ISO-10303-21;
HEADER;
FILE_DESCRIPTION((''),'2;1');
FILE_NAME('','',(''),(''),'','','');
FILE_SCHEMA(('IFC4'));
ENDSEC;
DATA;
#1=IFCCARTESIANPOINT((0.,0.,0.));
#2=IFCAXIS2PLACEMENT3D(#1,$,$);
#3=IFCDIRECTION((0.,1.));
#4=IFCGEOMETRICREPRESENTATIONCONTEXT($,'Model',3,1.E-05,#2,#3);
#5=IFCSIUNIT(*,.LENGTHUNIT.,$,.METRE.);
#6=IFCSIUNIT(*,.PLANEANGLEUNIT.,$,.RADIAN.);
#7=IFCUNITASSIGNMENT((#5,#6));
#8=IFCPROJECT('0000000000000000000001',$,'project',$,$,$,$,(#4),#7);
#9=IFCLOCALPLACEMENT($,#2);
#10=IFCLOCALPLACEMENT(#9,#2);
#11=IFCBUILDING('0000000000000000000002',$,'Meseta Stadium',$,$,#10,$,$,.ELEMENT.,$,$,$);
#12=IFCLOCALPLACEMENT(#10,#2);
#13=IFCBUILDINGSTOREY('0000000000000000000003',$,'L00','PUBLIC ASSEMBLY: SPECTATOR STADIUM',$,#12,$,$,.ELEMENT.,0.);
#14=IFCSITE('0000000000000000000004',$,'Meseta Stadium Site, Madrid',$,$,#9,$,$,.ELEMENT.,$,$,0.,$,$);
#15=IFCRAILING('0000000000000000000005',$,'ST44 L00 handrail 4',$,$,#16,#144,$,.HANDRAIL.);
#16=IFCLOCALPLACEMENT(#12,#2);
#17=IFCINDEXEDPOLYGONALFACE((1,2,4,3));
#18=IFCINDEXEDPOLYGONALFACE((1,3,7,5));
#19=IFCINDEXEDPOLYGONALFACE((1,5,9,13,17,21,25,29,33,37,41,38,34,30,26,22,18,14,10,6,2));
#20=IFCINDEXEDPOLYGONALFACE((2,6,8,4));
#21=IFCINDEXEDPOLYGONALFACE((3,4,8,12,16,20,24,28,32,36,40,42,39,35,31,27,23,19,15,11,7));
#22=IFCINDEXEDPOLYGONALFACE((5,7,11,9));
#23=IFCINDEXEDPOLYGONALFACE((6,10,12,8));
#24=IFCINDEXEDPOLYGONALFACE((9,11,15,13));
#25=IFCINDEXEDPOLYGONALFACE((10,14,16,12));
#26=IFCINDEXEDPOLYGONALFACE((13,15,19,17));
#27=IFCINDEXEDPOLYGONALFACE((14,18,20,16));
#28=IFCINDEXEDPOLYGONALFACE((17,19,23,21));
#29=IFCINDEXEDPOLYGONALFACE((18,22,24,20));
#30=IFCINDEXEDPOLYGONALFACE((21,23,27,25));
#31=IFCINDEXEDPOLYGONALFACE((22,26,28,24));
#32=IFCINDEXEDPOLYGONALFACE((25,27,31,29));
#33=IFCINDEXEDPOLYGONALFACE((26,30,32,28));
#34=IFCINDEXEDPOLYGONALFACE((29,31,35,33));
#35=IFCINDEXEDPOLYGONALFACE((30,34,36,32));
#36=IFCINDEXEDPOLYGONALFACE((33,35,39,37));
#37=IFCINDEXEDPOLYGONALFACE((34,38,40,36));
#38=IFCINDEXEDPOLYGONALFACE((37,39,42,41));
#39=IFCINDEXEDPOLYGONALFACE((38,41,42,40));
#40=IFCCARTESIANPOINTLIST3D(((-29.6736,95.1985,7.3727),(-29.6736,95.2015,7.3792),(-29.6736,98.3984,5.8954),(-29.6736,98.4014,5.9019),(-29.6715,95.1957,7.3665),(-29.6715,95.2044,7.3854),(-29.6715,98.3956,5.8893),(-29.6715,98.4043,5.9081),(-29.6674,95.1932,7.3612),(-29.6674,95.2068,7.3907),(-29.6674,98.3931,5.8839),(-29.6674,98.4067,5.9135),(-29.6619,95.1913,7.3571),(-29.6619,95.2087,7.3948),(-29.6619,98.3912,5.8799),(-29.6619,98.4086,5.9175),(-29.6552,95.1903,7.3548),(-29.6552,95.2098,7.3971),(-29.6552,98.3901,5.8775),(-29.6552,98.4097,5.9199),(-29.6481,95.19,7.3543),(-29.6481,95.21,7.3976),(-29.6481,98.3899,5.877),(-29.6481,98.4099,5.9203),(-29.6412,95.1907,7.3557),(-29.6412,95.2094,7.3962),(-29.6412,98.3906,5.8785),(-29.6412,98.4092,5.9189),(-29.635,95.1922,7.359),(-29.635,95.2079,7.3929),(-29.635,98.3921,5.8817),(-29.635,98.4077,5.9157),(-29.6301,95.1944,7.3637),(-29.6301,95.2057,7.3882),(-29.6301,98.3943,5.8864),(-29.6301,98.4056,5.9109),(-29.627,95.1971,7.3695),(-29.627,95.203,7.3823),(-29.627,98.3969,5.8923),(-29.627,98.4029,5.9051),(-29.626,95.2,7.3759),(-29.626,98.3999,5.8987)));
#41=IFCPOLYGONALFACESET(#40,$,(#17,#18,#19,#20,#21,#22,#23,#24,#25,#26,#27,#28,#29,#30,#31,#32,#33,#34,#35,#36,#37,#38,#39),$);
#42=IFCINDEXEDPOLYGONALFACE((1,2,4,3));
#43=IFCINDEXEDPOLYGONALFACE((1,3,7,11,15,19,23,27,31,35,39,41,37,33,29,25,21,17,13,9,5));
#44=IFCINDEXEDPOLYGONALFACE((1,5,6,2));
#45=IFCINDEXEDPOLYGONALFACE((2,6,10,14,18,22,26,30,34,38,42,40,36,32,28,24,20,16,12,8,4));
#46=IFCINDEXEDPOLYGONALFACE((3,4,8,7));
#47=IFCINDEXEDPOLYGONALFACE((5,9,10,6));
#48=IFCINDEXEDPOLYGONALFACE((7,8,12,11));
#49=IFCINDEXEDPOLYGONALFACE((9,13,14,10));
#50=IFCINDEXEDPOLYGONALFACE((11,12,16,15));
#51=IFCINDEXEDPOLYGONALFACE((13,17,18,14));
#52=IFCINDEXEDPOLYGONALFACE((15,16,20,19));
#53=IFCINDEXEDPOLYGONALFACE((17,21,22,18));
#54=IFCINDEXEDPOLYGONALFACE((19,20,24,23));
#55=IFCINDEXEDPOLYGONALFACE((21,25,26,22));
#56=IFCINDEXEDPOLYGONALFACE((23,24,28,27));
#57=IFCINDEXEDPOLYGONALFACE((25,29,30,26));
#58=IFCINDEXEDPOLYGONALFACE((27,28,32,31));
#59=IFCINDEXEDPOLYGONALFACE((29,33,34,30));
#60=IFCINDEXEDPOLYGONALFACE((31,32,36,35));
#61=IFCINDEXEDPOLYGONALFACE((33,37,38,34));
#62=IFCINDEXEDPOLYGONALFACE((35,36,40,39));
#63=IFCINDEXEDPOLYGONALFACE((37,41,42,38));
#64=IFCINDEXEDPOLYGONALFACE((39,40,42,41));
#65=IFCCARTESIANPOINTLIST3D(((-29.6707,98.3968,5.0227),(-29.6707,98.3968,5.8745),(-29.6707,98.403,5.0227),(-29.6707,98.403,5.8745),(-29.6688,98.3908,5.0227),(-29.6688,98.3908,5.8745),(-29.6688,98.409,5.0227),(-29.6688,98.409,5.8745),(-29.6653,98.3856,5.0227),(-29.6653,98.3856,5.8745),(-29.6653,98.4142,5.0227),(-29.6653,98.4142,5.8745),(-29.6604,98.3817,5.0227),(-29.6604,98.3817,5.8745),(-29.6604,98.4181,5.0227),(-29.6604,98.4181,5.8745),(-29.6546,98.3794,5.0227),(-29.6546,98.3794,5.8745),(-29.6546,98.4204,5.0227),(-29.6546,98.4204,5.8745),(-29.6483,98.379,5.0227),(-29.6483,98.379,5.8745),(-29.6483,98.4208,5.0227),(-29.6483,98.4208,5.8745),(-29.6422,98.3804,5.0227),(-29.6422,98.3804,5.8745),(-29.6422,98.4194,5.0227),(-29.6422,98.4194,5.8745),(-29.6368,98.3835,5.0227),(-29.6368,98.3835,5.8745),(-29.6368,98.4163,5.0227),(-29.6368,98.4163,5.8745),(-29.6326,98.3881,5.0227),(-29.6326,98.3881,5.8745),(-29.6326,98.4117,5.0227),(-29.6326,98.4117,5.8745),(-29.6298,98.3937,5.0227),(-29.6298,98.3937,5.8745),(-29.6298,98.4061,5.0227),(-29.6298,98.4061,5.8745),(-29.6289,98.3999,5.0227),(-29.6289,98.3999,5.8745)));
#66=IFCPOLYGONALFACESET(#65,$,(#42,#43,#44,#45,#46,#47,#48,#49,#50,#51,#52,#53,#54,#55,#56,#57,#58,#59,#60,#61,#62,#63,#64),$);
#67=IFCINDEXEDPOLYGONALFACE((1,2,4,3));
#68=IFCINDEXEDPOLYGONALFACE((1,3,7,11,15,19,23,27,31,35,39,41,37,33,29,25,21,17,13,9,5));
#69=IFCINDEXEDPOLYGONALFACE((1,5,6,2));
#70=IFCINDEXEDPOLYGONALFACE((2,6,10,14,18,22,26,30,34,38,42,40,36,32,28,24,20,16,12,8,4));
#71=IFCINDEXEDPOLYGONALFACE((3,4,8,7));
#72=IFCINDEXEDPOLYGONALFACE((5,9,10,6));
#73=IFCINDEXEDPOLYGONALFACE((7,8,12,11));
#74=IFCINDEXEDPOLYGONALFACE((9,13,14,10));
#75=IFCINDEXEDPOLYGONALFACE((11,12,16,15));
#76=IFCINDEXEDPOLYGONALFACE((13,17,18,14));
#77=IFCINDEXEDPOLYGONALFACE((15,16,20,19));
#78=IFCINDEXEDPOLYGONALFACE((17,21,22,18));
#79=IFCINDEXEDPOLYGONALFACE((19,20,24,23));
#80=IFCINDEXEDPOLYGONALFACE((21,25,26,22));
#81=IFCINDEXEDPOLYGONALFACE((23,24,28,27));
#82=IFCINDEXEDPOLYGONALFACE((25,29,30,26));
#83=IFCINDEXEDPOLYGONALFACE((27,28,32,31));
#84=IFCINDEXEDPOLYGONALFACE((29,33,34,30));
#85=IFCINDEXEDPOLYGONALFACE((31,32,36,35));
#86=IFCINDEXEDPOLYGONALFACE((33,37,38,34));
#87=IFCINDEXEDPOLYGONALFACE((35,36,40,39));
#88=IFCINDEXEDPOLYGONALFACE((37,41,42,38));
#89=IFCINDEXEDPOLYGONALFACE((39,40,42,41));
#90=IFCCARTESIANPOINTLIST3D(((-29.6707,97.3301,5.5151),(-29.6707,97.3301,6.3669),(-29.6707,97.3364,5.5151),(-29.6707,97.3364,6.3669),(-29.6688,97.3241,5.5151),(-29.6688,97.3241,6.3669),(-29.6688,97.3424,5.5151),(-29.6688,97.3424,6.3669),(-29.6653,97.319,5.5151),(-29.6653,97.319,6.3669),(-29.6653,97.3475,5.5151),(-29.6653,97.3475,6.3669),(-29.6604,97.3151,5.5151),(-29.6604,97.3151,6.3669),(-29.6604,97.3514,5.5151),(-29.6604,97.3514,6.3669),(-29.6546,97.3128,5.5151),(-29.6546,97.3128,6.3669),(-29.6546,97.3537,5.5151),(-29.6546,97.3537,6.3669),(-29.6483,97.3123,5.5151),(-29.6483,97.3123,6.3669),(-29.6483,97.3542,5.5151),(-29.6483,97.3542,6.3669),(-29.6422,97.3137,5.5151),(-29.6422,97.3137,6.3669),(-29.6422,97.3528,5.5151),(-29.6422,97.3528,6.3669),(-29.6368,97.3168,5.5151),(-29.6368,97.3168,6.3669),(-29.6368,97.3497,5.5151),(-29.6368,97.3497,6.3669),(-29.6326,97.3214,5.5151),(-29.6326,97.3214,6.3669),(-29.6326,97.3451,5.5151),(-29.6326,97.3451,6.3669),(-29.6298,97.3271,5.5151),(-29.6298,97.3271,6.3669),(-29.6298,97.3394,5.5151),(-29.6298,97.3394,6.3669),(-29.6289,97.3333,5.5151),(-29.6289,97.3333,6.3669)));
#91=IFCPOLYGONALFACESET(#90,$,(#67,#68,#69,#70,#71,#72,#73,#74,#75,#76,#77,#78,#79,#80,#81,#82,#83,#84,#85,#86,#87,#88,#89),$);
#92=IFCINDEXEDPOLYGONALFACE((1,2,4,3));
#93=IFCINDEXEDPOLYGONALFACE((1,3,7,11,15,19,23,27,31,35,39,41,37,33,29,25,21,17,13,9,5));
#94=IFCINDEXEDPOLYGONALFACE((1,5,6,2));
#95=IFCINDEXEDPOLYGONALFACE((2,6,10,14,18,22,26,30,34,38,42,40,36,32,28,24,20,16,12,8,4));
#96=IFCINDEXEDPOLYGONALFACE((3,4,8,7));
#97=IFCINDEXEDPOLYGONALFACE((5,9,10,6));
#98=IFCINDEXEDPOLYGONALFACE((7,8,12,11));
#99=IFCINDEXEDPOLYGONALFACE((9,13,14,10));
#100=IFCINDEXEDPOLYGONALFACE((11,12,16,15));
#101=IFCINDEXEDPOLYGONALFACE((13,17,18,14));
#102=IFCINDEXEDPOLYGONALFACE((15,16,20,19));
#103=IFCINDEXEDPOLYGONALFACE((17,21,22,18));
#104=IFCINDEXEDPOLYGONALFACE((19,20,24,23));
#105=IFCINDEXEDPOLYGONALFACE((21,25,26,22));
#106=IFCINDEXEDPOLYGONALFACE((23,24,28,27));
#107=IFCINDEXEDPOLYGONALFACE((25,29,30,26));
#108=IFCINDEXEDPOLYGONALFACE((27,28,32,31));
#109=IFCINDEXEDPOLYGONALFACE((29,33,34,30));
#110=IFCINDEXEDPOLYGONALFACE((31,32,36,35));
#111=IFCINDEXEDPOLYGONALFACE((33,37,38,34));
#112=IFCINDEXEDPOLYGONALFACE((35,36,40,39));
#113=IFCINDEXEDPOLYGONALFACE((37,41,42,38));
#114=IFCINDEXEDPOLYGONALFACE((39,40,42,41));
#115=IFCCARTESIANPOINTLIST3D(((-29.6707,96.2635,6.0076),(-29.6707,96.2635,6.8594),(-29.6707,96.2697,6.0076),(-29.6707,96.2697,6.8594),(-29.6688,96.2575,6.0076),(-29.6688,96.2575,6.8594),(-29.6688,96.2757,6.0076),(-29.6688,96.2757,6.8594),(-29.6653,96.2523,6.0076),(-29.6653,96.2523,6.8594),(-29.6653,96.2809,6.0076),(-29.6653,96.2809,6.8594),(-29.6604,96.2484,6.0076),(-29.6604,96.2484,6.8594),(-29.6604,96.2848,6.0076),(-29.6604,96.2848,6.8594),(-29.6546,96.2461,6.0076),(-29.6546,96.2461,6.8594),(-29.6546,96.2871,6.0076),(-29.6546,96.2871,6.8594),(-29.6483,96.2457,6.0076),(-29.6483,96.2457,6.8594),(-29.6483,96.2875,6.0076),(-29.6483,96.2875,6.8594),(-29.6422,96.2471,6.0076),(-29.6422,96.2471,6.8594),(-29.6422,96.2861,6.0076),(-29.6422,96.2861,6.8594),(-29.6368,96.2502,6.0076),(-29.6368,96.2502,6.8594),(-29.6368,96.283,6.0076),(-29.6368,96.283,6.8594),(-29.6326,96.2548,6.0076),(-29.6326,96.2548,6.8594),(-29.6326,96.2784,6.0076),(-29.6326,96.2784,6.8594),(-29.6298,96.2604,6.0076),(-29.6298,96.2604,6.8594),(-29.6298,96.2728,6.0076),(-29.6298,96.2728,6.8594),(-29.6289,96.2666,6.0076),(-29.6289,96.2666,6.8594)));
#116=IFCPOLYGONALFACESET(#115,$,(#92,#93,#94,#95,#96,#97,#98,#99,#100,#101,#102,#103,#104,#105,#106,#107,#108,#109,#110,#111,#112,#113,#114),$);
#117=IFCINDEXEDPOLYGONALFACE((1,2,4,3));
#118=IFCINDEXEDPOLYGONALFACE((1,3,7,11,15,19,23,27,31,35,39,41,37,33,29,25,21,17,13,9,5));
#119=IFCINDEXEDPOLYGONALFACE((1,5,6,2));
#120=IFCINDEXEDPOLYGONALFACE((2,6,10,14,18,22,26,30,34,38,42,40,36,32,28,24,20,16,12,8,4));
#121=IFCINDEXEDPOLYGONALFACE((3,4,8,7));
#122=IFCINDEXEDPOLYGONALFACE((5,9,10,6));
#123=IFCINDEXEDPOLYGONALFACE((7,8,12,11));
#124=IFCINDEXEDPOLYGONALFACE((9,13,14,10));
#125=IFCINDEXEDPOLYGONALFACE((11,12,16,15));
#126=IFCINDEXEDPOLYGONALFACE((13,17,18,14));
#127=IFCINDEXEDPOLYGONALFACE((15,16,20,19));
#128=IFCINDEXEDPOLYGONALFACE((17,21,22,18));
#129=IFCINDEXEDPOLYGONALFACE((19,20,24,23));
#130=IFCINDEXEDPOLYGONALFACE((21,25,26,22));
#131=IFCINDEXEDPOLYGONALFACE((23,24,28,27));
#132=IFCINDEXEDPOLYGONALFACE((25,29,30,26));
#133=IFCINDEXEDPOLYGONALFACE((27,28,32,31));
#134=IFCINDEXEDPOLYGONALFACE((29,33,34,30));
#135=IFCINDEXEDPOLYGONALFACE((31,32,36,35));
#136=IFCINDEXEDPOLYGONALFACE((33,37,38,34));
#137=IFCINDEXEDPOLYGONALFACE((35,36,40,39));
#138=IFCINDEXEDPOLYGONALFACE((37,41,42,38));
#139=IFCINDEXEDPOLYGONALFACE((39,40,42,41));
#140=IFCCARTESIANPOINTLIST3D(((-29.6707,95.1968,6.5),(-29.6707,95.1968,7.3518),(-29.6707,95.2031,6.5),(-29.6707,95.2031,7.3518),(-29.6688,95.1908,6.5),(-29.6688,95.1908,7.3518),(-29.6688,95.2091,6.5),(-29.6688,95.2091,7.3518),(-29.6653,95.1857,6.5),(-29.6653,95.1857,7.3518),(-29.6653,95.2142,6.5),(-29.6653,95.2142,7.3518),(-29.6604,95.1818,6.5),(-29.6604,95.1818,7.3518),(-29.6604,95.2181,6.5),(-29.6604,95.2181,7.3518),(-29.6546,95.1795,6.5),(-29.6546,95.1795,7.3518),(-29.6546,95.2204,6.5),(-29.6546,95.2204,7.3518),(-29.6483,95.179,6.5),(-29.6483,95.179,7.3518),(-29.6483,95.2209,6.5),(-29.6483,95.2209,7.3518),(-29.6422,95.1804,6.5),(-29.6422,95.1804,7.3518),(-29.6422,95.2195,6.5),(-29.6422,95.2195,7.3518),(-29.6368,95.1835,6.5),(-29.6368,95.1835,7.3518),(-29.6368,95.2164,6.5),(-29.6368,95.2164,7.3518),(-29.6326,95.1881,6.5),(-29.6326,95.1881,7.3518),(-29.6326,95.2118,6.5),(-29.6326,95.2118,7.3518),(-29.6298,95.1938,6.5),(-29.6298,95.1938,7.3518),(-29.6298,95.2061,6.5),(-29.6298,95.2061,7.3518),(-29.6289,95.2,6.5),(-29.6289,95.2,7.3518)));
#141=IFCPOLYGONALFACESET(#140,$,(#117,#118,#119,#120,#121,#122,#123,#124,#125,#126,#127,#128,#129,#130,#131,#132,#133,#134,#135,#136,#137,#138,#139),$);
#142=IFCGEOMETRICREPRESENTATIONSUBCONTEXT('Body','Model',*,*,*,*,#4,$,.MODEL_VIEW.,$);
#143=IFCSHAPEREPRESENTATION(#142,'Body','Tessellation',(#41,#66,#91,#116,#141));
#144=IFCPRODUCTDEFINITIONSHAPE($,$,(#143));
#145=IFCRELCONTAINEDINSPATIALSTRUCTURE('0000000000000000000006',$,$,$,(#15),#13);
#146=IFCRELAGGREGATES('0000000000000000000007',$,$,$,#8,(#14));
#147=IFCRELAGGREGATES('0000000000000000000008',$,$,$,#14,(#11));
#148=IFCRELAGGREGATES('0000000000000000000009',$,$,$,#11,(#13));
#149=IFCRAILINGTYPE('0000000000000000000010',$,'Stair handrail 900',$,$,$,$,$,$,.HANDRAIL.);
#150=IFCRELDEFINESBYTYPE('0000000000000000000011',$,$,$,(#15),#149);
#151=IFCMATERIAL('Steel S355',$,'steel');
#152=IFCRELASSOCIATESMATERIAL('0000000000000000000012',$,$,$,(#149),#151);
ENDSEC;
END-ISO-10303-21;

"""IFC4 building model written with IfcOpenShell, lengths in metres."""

from ifc_helpers import new_model, si_unit, direction, frame, origin, origin_2d, place, context, subcontext, project, spatial, circle, extrude, material, type_object, element, save


model = new_model("IFC4")

# Units and contexts
model_context = context("Model", 3, precision=1e-05, world=origin(), true_north=direction((0.0, 1.0)))
body_context = subcontext(model_context, "Body", "Model", "MODEL_VIEW")
ifc_project = project(units=[si_unit("LENGTHUNIT", "METRE"), si_unit("PLANEANGLEUNIT", "RADIAN")], contexts=[model_context])

# Site, building, storey
site_placement = place(None, origin())
site = spatial("IfcSite", under=ifc_project, at=site_placement, Name="Meseta Stadium Site, Madrid", CompositionType="ELEMENT", RefElevation=0.0)
building_placement = place(site_placement, origin())
building = spatial("IfcBuilding", under=site, at=building_placement, Name="Meseta Stadium", CompositionType="ELEMENT")
storey_placement = place(building_placement, origin())
storey = spatial("IfcBuildingStorey", under=building, at=storey_placement, Name="L00", Description="PUBLIC ASSEMBLY: SPECTATOR STADIUM", CompositionType="ELEMENT", Elevation=0.0)

# Railing
ifc_material_1 = material(Name="Steel S355", Category="steel")
railing_type_1 = type_object("IfcRailingType", Name="Stair handrail 900", PredefinedType="HANDRAIL", material=ifc_material_1)
railing_1_placement = place(storey_placement, frame((-29.6499, 98.3999, 5.0227)))
element("IfcRailing", 1, at=railing_1_placement, inside=storey, type_object=railing_type_1, Name="ST44 L00 handrail 4", PredefinedType="HANDRAIL", context=body_context, shape_type="SweptSolid", body=[
    extrude(circle(Radius=0.0239, at=origin_2d()), frame((0.0, 0.0, 0.876), z_axis=(0.0, -0.907917, 0.41915), x_axis=(1.0, 0.0, 0.0)), (0.0, 0.0, 1.0), 3.5244),
    extrude(circle(Radius=0.021, at=origin_2d()), origin(), (0.0, 0.0, 1.0), 0.8518),
    extrude(circle(Radius=0.021, at=origin_2d()), frame((0.0, -1.0667, 0.4924)), (0.0, 0.0, 1.0), 0.8518),
    extrude(circle(Radius=0.021, at=origin_2d()), frame((0.0, -2.1333, 0.9849)), (0.0, 0.0, 1.0), 0.8518),
    extrude(circle(Radius=0.021, at=origin_2d()), frame((0.0, -3.2, 1.4773)), (0.0, 0.0, 1.0), 0.8518),
])

save(model, "model.ifc")
